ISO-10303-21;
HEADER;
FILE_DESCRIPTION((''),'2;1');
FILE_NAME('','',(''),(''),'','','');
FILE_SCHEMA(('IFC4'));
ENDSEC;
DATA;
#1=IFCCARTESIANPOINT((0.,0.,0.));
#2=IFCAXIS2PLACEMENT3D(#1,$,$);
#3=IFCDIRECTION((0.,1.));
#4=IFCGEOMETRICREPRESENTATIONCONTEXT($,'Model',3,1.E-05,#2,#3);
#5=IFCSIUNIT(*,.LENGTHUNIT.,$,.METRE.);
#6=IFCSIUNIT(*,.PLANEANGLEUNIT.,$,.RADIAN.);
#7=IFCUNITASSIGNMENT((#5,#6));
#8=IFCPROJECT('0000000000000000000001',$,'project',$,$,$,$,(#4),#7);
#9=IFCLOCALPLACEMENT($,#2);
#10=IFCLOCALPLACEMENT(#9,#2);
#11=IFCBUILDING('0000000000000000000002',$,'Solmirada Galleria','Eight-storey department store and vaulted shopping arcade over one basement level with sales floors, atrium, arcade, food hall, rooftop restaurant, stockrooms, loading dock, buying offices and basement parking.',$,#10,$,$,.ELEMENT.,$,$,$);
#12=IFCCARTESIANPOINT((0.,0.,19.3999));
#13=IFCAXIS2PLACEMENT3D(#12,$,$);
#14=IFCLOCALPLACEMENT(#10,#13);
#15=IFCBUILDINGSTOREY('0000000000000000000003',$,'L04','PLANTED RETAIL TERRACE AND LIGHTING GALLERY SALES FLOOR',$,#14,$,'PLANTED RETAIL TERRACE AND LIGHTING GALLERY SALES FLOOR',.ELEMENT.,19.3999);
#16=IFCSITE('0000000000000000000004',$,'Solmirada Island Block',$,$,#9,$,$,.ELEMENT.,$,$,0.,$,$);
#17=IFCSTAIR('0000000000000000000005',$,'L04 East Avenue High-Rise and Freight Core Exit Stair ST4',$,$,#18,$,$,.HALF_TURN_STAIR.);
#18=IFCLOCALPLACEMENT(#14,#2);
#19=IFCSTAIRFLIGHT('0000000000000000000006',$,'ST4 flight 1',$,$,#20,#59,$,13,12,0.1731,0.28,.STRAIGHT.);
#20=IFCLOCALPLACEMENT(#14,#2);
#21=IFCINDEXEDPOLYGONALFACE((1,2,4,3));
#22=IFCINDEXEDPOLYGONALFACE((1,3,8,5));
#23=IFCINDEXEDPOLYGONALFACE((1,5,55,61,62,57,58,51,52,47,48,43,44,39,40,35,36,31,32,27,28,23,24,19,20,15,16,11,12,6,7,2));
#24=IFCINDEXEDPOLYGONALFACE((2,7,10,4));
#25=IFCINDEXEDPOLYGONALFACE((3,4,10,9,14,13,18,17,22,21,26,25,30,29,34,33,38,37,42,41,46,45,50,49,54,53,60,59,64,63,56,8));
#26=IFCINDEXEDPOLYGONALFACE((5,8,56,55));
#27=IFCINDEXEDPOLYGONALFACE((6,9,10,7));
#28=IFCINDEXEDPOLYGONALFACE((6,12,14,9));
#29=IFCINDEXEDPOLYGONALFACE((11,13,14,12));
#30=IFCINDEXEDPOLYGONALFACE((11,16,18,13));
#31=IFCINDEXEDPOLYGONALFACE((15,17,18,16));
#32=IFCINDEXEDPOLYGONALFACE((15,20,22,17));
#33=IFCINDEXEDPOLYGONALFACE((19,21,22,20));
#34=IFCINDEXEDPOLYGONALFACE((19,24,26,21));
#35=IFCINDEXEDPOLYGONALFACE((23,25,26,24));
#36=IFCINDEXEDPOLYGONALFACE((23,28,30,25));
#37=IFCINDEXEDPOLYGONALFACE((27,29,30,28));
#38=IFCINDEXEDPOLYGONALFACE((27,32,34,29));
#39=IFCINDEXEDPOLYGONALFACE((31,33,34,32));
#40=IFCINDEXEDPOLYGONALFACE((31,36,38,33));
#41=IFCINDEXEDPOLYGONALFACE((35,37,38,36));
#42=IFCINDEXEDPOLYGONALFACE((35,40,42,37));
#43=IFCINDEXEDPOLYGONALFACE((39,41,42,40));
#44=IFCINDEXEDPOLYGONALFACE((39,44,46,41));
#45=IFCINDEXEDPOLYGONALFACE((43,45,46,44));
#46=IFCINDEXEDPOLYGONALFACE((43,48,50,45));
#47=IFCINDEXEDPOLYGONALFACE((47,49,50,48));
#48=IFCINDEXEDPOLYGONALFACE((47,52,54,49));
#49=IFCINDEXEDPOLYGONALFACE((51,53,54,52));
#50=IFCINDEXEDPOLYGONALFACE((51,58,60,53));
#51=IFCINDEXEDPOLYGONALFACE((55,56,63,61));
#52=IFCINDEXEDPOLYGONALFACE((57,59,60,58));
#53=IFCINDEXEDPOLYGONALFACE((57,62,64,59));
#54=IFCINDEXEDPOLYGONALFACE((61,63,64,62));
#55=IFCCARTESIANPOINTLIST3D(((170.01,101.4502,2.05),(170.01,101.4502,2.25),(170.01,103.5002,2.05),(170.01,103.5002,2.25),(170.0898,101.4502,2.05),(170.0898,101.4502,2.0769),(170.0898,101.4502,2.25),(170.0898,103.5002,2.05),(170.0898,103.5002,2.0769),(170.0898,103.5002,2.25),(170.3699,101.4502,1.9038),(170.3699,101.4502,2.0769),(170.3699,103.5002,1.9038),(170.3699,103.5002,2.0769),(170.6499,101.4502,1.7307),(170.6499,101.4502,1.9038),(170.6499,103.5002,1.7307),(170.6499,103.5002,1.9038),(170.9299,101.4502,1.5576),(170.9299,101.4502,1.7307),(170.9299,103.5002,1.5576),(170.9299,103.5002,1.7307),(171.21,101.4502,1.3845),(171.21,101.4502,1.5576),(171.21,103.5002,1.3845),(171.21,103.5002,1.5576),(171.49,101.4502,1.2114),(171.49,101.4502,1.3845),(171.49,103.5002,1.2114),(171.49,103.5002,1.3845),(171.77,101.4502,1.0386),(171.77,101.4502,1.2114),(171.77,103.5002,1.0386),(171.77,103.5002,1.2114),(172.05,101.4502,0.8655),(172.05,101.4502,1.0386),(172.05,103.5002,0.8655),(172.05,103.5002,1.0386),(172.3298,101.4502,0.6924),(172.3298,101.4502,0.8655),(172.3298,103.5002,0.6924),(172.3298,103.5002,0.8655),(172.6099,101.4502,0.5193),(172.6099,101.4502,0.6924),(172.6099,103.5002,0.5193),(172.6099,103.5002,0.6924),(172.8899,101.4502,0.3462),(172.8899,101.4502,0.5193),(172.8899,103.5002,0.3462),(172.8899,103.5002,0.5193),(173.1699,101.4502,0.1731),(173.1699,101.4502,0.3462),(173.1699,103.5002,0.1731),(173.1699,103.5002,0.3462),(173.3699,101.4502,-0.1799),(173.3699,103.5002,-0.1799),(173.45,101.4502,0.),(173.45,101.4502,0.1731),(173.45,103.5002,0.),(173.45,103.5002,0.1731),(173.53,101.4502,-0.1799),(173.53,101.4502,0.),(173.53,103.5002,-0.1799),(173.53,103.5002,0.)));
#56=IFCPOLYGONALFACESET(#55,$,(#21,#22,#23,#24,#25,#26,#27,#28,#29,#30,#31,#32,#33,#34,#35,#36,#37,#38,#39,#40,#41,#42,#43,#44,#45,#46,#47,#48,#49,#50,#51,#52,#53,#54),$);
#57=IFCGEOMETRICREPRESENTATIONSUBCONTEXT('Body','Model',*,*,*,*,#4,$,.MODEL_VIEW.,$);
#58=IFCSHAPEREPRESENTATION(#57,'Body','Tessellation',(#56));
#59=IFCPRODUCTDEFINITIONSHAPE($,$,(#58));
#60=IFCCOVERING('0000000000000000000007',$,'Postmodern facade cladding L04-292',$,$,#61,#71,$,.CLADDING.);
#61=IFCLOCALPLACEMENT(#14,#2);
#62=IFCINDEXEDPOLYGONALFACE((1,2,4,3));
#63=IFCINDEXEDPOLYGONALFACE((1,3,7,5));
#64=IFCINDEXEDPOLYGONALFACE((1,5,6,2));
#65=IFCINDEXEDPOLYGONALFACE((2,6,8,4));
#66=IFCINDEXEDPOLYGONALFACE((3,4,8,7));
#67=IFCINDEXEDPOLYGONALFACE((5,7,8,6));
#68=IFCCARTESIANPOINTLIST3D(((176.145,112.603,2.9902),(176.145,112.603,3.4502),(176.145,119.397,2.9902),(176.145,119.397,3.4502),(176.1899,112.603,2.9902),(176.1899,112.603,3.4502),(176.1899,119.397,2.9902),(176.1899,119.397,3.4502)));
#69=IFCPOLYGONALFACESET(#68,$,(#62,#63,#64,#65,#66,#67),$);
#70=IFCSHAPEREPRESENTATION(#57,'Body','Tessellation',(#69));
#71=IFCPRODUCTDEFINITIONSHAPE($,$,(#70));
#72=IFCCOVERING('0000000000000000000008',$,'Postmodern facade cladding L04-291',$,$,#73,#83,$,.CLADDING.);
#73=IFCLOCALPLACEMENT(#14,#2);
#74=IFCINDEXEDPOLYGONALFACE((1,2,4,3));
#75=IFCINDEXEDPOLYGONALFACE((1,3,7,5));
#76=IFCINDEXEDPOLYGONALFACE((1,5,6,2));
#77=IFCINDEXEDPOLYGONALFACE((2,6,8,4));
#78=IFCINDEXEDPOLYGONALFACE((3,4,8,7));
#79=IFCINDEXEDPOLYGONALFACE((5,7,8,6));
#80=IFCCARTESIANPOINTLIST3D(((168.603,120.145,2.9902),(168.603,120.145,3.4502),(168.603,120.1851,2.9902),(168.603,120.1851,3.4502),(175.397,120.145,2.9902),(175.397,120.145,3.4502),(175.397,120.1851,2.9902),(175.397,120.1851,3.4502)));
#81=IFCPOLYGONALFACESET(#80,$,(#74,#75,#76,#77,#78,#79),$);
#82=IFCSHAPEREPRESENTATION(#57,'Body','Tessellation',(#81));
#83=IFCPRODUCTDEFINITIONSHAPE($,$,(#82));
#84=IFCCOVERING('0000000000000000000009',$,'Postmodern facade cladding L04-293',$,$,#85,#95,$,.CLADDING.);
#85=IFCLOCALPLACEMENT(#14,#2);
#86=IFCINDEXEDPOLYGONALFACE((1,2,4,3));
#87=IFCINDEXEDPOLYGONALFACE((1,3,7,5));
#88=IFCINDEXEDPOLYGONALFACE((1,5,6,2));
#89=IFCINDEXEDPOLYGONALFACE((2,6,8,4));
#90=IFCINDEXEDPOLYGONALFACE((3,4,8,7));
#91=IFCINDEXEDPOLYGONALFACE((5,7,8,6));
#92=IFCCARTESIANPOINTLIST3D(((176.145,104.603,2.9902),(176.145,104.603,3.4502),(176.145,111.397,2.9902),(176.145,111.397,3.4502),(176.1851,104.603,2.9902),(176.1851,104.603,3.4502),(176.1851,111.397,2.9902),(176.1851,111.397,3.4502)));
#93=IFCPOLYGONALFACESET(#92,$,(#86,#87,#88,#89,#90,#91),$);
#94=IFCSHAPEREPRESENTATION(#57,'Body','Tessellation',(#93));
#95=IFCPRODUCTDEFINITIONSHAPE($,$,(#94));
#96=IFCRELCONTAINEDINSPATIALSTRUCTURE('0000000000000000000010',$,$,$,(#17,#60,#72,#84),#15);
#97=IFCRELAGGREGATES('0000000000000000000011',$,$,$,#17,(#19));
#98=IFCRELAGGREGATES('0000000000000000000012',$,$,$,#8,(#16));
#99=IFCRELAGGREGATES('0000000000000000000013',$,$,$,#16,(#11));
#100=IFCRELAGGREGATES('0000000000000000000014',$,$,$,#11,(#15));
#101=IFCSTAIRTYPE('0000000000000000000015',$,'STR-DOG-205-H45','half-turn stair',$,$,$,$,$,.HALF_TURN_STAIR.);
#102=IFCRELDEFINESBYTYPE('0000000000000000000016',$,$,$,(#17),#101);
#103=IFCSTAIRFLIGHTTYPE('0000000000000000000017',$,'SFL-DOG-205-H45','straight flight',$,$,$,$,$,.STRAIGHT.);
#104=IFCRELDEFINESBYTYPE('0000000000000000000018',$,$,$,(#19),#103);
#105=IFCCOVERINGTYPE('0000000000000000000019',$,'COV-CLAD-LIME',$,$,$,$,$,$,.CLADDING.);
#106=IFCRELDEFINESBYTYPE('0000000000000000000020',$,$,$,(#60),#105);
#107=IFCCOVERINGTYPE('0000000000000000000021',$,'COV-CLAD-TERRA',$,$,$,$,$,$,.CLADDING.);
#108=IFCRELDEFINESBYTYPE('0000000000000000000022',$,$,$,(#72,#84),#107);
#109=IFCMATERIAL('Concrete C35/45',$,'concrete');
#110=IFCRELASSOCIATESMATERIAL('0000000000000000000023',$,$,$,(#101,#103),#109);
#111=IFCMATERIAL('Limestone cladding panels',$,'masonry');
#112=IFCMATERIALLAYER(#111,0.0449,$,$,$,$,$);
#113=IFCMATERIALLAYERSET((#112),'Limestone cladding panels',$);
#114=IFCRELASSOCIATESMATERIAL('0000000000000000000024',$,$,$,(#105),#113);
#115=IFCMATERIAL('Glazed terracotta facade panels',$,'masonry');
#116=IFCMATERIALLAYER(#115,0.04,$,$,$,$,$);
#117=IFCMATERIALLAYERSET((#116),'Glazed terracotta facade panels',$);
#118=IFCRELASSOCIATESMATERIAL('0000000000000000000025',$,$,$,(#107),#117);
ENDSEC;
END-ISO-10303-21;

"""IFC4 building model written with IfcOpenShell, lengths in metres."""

from ifc_helpers import new_model, si_unit, direction, frame, origin, origin_2d, place, context, subcontext, project, spatial, polyline, rectangle, outline, extrude, material, layer, layer_set, type_object, element, aggregate, save


model = new_model("IFC4")

# Units and contexts
model_context = context("Model", 3, precision=1e-05, world=origin(), true_north=direction((0.0, 1.0)))
body_context = subcontext(model_context, "Body", "Model", "MODEL_VIEW")
ifc_project = project(units=[si_unit("LENGTHUNIT", "METRE"), si_unit("PLANEANGLEUNIT", "RADIAN")], contexts=[model_context])

# Site, building, storey
site_placement = place(None, origin())
site = spatial("IfcSite", under=ifc_project, at=site_placement, Name="Solmirada Island Block", CompositionType="ELEMENT", RefElevation=0.0)
building_placement = place(site_placement, origin())
building = spatial("IfcBuilding", under=site, at=building_placement, Name="Solmirada Galleria", Description="Eight-storey department store and vaulted shopping arcade over one basement level with sales floors, atrium, arcade, food hall, rooftop restaurant, stockrooms, loading dock, buying offices and basement parking.", CompositionType="ELEMENT")
storey_placement = place(building_placement, frame((0.0, 0.0, 19.3999)))
storey = spatial("IfcBuildingStorey", under=building, at=storey_placement, Name="L04", Description="PLANTED RETAIL TERRACE AND LIGHTING GALLERY SALES FLOOR", LongName="PLANTED RETAIL TERRACE AND LIGHTING GALLERY SALES FLOOR", CompositionType="ELEMENT", Elevation=19.3999)

# Stair, stair flight
ifc_material_1 = material(Name="Concrete C35/45", Category="concrete")
stair_type = type_object("IfcStairType", Name="STR-DOG-205-H45", Description="half-turn stair", PredefinedType="HALF_TURN_STAIR", material=ifc_material_1)
stair_placement = place(storey_placement, origin())
stair = element("IfcStair", 1, at=stair_placement, inside=storey, type_object=stair_type, Name="L04 East Avenue High-Rise and Freight Core Exit Stair ST4", PredefinedType="HALF_TURN_STAIR")
stair_flight_type = type_object("IfcStairFlightType", Name="SFL-DOG-205-H45", Description="straight flight", PredefinedType="STRAIGHT", material=ifc_material_1)
stair_flight_placement = place(storey_placement, frame((173.45, 102.4751, 0.0), z_axis=(0.0, 0.0, 1.0), x_axis=(-1.0, 0.0, 0.0)))
stair_flight = element("IfcStairFlight", 2, at=stair_flight_placement, type_object=stair_flight_type, Name="ST4 flight 1", NumberOfRisers=13, NumberOfTreads=12, PredefinedType="STRAIGHT", RiserHeight=0.1731, TreadLength=0.28, context=body_context, shape_type="SweptSolid", body=[
    extrude(outline(polyline([(-0.0801, 0.0), (0.0, 0.0), (0.0, 0.1731), (0.28, 0.1731), (0.28, 0.3462), (0.5601, 0.3462), (0.5601, 0.5193), (0.8401, 0.5193), (0.8401, 0.6924), (1.1201, 0.6924), (1.1201, 0.8655), (1.3999, 0.8655), (1.3999, 1.0386), (1.6799, 1.0386), (1.6799, 1.2114), (1.96, 1.2114), (1.96, 1.3845), (2.24, 1.3845), (2.24, 1.5576), (2.52, 1.5576), (2.52, 1.7307), (2.8, 1.7307), (2.8, 1.9038), (3.0801, 1.9038), (3.0801, 2.0769), (3.3601, 2.0769), (3.3601, 2.25), (3.4399, 2.25), (3.4399, 2.05), (3.3601, 2.05), (0.0801, -0.1799), (-0.0801, -0.1799), (-0.0801, 0.0)])), frame((0.0, 1.0249, 0.0), z_axis=(0.0, -1.0, 0.0), x_axis=(1.0, 0.0, 0.0)), (0.0, 0.0, 1.0), 2.05),
])
aggregate(stair, [stair_flight])

# Coverings
ifc_material_2 = material(Name="Limestone cladding panels", Category="masonry")
ifc_layer_1 = layer(ifc_material_2, 0.0449)
ifc_layer_set_1 = layer_set([ifc_layer_1], Name="Limestone cladding panels")
covering_type_1 = type_object("IfcCoveringType", Name="COV-CLAD-LIME", PredefinedType="CLADDING", material=ifc_layer_set_1)
covering_placement = place(storey_placement, frame((176.1675, 116.0, 2.9902), z_axis=(0.0, 0.0, 1.0), x_axis=(0.0, -1.0, 0.0)))
element("IfcCovering", 3, at=covering_placement, inside=storey, type_object=covering_type_1, Name="Postmodern facade cladding L04-292", PredefinedType="CLADDING", context=body_context, shape_type="SweptSolid", body=[
    extrude(rectangle(XDim=6.7939, YDim=0.0449, at=origin_2d()), origin(), (0.0, 0.0, 1.0), 0.46),
])
ifc_material_3 = material(Name="Glazed terracotta facade panels", Category="masonry")
ifc_layer_2 = layer(ifc_material_3, 0.04)
ifc_layer_set_2 = layer_set([ifc_layer_2], Name="Glazed terracotta facade panels")
covering_type_2 = type_object("IfcCoveringType", Name="COV-CLAD-TERRA", PredefinedType="CLADDING", material=ifc_layer_set_2)
for number, where, z_axis, x_axis, name in (
    (4, (172.0, 120.165, 2.9902), (0.0, 0.0, 1.0), (1.0, 0.0, 0.0), "Postmodern facade cladding L04-291"),
    (5, (176.165, 108.0, 2.9902), (0.0, 0.0, 1.0), (0.0, -1.0, 0.0), "Postmodern facade cladding L04-293"),
):
    element("IfcCovering", number, at=place(storey_placement, frame(where, z_axis=z_axis, x_axis=x_axis)), inside=storey, type_object=covering_type_2, Name=name, PredefinedType="CLADDING", context=body_context, shape_type="SweptSolid", body=[
        extrude(rectangle(XDim=6.7939, YDim=0.04, at=origin_2d()), origin(), (0.0, 0.0, 1.0), 0.46),
    ])

save(model, "model.ifc")
